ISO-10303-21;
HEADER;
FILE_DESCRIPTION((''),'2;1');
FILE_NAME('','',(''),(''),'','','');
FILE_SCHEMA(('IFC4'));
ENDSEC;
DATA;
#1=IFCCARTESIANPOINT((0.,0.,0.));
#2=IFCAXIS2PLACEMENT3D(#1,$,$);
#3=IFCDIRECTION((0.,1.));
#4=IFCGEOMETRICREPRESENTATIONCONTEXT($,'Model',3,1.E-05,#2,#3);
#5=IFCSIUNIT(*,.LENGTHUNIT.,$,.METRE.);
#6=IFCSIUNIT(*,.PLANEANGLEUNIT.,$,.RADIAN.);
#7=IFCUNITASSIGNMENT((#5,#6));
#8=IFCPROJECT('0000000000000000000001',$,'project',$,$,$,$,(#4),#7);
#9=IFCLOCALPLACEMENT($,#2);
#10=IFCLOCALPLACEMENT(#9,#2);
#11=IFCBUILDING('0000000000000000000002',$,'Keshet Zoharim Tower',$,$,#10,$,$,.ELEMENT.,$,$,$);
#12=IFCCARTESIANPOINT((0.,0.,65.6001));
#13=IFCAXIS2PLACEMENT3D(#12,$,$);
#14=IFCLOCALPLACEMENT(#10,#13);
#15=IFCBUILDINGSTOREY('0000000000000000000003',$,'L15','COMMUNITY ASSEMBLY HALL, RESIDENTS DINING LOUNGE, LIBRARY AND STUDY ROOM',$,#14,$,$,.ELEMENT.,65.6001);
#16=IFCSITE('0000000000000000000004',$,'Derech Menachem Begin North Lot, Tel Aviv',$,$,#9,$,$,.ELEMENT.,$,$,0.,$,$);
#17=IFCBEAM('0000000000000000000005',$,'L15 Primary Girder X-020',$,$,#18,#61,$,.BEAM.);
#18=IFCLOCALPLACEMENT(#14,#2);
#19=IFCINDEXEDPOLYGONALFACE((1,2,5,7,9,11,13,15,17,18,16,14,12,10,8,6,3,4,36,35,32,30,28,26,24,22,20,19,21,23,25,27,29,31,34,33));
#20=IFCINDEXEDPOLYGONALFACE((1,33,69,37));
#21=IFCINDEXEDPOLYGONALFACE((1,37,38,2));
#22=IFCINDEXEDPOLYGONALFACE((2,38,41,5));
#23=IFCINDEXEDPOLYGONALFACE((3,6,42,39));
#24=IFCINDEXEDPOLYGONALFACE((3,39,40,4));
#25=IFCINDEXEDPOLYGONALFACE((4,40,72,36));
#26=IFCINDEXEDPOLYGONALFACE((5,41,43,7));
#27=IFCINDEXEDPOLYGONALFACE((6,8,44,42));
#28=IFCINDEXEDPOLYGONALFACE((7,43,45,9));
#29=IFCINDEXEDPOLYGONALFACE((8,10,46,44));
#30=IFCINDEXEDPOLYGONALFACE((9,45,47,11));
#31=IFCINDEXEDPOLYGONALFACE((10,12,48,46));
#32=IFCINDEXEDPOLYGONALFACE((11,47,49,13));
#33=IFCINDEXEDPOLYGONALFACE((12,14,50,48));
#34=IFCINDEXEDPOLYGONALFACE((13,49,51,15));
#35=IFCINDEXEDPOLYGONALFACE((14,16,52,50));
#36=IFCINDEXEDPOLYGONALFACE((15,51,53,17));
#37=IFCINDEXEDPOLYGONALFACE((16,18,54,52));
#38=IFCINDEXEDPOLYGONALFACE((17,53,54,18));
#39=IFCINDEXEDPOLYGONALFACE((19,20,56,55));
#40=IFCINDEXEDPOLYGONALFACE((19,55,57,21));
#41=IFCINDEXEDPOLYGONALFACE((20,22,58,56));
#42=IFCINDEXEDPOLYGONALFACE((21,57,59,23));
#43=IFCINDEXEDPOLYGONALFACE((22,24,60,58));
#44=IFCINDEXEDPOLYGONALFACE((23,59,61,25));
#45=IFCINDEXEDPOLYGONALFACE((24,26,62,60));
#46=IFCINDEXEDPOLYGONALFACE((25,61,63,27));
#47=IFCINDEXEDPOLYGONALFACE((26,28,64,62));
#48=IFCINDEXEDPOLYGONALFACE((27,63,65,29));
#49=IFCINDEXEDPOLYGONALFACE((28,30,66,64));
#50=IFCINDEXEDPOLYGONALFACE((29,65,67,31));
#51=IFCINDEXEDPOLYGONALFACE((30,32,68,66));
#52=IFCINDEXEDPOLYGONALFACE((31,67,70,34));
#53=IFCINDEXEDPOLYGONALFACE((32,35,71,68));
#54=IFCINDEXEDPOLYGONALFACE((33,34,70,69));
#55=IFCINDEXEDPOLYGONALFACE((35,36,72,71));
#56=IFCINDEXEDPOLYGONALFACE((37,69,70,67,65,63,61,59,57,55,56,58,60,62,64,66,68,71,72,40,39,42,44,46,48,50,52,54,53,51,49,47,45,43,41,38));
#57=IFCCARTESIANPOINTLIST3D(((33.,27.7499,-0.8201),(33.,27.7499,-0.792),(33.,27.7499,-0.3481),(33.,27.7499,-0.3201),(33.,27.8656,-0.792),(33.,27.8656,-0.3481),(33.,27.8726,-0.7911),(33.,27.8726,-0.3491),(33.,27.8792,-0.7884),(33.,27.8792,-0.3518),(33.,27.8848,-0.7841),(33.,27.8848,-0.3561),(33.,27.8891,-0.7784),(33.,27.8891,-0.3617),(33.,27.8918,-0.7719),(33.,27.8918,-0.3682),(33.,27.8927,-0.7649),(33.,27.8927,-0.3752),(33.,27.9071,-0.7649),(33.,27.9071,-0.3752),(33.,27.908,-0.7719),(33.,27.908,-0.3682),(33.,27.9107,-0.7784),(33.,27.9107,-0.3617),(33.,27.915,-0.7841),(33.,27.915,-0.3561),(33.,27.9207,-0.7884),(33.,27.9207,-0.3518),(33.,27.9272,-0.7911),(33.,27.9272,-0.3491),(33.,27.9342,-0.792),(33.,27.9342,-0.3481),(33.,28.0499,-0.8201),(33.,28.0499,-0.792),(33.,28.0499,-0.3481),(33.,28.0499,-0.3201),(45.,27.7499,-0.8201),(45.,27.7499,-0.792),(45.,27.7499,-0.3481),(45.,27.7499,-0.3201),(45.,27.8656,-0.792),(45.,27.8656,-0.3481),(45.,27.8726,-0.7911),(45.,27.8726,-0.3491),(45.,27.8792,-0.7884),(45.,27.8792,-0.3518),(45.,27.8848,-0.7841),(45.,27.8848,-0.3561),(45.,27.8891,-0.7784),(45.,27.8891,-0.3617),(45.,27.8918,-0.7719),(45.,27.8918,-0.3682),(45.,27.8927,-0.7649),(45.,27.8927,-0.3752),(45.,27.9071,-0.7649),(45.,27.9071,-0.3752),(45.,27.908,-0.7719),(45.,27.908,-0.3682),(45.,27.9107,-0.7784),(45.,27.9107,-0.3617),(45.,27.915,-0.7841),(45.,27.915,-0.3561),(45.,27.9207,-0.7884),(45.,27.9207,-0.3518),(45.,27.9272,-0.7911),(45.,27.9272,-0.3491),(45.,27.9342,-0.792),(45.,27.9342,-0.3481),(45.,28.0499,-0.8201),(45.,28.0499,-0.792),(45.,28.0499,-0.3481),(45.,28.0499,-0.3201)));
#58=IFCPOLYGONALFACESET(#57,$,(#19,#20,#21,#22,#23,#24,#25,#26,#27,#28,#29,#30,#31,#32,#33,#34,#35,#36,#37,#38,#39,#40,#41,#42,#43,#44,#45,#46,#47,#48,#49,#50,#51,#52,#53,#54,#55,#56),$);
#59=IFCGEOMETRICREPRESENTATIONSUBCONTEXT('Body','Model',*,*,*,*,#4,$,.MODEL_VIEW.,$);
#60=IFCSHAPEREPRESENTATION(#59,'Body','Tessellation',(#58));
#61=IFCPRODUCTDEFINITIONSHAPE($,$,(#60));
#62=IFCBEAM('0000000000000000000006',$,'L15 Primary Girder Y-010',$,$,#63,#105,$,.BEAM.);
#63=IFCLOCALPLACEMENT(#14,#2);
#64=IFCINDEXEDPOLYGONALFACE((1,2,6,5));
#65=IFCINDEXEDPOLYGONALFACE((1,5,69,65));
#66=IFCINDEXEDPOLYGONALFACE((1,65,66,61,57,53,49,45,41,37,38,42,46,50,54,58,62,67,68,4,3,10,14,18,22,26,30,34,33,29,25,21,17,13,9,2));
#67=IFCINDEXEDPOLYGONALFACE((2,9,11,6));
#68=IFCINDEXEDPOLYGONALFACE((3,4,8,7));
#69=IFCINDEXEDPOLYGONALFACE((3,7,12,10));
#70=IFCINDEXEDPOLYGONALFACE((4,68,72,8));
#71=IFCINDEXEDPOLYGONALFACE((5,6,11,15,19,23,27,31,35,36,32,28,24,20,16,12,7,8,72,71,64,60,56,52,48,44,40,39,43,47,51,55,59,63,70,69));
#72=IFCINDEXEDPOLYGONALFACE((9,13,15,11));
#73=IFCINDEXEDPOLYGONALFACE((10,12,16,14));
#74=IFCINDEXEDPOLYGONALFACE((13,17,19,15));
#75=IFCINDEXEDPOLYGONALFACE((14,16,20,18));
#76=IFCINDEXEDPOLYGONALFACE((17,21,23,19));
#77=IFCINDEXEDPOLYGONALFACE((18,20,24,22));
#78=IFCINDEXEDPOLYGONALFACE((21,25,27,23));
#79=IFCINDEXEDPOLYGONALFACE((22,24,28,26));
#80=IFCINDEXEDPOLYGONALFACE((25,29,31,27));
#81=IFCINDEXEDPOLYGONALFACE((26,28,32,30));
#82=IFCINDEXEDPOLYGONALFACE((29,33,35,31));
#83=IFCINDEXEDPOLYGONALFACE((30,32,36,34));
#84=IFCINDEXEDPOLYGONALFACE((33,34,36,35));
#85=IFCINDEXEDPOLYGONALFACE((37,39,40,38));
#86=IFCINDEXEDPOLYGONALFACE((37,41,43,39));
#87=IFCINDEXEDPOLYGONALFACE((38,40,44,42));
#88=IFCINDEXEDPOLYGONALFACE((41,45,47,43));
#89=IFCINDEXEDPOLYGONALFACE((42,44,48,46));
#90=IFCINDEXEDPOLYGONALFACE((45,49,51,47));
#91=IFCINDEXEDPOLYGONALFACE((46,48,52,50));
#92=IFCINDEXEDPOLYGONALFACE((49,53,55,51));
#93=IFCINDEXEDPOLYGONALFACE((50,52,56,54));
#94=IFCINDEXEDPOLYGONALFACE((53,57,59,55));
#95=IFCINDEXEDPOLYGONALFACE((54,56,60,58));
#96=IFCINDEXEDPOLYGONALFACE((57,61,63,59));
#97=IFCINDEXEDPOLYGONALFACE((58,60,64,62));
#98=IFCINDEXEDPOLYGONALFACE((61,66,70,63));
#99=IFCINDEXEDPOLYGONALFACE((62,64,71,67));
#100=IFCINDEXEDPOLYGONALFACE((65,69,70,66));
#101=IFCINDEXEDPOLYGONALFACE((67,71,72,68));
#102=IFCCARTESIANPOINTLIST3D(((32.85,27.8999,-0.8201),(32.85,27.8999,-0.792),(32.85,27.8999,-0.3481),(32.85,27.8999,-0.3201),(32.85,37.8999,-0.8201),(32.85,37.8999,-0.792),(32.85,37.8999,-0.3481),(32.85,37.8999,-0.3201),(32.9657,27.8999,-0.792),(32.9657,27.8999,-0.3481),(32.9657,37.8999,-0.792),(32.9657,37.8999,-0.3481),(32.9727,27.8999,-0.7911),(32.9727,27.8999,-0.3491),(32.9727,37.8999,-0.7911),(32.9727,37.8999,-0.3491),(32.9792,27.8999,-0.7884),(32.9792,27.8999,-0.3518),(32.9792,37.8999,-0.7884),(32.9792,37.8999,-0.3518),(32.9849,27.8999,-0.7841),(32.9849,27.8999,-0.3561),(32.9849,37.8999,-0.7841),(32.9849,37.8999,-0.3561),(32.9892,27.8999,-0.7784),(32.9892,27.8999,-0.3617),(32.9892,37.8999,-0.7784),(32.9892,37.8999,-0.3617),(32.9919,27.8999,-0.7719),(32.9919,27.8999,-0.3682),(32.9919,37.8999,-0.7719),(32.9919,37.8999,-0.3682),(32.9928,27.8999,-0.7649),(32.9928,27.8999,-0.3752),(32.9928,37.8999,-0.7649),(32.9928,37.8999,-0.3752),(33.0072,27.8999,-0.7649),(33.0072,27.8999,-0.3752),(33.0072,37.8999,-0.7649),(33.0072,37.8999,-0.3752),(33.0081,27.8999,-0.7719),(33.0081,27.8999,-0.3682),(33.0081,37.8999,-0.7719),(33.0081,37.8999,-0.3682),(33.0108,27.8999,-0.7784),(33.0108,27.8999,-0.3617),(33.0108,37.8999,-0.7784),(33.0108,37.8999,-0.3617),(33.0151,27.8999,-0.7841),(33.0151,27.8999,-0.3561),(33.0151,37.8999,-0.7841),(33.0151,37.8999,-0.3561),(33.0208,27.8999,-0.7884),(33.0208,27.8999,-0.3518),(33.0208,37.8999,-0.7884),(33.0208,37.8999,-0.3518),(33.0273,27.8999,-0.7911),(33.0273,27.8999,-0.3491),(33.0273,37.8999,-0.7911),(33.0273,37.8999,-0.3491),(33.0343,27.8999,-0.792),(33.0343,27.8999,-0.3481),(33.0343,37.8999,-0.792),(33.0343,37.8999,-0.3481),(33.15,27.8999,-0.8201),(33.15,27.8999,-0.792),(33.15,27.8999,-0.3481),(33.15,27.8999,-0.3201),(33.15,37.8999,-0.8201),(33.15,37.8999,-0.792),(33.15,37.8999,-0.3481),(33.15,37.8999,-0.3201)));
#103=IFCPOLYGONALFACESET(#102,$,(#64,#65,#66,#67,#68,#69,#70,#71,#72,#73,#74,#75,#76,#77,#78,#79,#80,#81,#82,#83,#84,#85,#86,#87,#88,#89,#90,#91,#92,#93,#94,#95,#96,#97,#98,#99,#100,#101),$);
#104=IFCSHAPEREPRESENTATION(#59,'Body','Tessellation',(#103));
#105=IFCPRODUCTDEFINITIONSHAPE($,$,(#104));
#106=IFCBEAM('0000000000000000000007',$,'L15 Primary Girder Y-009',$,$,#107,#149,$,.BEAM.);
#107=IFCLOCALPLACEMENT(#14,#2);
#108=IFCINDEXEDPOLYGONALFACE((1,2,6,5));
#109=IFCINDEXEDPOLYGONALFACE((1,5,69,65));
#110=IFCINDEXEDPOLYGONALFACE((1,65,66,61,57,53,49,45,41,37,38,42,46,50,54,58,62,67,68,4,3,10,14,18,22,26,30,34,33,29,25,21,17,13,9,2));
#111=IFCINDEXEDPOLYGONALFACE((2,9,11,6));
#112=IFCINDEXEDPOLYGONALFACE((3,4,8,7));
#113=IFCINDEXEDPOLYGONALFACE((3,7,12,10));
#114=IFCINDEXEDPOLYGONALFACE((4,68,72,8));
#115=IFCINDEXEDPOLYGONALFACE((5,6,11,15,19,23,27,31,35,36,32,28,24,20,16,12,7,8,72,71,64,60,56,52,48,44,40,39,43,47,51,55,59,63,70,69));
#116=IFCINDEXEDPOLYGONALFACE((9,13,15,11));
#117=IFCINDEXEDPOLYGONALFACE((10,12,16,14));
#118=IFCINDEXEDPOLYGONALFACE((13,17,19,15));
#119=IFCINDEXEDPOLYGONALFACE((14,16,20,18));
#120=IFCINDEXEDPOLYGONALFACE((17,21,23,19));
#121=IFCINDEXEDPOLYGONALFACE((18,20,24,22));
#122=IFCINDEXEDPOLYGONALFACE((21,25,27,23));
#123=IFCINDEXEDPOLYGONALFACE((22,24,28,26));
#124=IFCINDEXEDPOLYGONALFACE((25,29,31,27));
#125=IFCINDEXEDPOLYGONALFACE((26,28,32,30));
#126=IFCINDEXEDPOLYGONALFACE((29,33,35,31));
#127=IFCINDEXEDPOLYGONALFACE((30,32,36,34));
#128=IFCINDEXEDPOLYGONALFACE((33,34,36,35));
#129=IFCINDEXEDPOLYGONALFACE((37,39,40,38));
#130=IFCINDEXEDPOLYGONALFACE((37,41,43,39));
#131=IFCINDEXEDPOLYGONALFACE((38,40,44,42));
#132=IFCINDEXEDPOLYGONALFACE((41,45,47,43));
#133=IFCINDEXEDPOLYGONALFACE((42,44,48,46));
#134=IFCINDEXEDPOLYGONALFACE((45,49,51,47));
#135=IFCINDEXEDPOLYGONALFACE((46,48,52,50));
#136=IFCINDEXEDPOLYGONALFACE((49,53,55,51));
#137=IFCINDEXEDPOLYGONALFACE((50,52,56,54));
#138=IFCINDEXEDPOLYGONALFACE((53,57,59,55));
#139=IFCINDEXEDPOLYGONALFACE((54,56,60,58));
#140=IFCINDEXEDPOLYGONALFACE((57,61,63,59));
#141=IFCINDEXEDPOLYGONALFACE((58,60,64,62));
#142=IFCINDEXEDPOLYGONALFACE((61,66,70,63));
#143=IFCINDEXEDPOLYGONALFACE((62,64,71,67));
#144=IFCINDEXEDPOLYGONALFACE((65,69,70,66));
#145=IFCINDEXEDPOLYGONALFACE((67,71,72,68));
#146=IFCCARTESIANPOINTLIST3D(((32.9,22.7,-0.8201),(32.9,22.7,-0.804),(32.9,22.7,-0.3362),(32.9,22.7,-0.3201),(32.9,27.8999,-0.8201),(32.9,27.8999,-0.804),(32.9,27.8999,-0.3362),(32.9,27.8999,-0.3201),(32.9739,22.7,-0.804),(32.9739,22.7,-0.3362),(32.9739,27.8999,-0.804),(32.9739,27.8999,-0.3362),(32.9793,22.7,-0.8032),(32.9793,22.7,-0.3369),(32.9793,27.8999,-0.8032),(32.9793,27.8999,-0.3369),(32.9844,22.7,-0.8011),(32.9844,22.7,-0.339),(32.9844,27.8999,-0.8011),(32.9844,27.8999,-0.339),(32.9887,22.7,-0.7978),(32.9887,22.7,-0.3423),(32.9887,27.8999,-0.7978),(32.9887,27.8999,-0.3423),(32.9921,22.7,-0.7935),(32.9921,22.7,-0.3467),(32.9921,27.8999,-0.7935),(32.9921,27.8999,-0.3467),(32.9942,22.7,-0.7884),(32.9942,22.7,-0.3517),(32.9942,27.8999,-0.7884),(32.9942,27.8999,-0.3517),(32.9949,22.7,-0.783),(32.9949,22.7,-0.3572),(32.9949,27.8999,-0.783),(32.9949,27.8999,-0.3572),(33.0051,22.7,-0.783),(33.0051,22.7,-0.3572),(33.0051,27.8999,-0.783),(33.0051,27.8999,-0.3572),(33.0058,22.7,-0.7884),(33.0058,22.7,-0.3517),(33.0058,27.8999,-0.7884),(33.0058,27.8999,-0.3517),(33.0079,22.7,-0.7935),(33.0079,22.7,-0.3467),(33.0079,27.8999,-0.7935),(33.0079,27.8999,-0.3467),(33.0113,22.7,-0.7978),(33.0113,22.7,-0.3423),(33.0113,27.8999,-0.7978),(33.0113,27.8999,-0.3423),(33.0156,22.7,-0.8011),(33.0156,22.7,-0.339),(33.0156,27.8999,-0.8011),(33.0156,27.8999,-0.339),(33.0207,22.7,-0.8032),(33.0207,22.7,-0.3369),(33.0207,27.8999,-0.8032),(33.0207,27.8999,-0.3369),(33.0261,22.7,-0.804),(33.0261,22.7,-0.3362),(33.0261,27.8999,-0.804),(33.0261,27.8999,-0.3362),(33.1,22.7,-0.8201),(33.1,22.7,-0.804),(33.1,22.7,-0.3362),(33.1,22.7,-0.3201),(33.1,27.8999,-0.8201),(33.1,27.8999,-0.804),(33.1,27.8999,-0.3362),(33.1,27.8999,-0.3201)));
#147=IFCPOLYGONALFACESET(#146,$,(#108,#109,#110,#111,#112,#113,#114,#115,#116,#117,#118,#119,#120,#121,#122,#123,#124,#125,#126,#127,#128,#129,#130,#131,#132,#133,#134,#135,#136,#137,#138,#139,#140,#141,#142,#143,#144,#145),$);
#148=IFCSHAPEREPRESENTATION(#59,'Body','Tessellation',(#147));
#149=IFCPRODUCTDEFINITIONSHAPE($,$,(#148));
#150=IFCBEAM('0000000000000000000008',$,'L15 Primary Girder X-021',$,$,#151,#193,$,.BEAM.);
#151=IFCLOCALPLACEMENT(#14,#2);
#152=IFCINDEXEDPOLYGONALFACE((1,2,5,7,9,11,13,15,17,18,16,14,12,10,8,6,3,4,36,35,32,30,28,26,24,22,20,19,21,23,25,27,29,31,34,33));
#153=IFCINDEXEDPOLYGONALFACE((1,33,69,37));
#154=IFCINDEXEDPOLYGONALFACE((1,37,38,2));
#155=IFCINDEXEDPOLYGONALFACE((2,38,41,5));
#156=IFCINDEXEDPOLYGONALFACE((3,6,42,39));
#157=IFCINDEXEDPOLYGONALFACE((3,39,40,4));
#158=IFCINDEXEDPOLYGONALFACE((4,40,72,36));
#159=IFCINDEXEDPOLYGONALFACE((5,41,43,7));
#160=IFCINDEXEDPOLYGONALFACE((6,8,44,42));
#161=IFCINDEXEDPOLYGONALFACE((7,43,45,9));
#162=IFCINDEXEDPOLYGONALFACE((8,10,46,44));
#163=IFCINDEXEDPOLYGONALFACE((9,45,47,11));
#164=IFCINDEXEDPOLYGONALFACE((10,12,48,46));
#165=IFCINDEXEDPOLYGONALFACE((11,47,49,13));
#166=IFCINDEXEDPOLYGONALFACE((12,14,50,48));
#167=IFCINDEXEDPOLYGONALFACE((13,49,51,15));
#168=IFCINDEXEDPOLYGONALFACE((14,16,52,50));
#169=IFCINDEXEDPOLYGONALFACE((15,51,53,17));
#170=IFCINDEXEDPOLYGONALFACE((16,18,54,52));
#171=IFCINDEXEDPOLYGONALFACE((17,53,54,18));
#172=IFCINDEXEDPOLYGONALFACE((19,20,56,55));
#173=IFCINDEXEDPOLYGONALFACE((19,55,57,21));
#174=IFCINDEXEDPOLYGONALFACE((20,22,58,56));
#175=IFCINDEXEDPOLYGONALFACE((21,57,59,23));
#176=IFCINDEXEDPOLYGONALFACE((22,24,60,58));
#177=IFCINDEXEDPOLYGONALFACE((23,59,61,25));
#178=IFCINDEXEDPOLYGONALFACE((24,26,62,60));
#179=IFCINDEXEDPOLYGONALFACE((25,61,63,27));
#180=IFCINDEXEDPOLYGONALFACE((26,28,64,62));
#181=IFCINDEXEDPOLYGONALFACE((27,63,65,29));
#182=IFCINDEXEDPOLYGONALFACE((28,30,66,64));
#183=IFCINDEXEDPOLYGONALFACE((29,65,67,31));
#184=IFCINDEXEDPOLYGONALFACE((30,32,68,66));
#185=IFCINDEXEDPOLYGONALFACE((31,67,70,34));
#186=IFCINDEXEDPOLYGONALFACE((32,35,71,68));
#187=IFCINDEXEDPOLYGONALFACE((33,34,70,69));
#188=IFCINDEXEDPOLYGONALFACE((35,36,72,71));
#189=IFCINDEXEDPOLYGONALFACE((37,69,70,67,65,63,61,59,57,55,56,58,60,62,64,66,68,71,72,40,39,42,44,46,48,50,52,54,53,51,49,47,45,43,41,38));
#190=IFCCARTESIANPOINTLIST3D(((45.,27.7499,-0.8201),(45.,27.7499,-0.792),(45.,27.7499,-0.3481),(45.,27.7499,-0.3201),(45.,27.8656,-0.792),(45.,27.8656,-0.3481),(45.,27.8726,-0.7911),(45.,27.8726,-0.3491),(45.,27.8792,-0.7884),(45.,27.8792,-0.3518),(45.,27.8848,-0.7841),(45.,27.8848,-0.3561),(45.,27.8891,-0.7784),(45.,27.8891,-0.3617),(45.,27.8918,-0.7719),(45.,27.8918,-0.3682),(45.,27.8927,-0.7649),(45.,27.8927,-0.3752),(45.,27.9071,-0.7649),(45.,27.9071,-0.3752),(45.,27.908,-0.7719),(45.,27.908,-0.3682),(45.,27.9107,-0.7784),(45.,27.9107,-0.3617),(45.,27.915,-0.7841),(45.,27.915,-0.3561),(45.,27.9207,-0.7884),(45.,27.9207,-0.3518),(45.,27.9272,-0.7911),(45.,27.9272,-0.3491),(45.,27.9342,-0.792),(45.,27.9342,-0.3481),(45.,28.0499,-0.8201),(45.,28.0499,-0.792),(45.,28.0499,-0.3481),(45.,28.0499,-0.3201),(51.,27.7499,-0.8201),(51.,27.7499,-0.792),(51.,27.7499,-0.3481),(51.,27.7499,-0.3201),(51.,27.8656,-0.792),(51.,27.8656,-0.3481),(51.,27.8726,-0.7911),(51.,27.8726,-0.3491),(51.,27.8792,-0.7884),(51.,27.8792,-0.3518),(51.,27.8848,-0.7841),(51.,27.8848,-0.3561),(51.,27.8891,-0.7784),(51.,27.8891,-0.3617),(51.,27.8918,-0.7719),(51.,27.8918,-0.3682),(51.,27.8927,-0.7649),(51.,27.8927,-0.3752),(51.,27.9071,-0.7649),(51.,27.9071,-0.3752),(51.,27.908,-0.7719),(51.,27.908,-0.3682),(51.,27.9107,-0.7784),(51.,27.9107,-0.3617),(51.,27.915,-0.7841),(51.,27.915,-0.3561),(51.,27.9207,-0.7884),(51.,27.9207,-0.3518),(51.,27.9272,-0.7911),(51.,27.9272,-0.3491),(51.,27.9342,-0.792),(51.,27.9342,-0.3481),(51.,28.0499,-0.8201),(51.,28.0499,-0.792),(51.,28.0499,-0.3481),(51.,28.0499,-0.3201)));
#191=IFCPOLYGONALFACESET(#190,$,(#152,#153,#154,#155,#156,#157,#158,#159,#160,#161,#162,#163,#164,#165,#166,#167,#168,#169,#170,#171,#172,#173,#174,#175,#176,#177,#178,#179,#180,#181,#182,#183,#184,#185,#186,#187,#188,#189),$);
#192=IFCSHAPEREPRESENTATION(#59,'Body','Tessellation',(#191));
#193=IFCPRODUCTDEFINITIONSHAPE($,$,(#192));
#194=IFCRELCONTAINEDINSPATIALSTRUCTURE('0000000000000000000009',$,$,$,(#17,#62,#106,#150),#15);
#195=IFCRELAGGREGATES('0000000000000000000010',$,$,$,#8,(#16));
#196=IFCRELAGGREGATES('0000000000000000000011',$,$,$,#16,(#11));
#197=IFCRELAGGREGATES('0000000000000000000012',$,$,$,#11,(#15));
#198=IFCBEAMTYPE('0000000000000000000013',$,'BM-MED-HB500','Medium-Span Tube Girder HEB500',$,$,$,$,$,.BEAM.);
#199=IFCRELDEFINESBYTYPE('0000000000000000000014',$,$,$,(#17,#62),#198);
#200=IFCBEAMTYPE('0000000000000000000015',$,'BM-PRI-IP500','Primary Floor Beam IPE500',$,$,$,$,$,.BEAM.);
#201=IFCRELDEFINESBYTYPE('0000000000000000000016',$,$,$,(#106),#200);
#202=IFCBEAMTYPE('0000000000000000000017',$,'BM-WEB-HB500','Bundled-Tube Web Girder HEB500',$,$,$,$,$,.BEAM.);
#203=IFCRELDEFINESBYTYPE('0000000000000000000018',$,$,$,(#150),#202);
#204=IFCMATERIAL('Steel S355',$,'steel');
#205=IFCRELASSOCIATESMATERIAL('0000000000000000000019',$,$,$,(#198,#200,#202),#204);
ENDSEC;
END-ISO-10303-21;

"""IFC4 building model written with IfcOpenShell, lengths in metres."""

from ifc_helpers import new_model, si_unit, direction, frame, origin, origin_2d, place, context, subcontext, project, spatial, i_section, extrude, material, material_profile, profile_set, type_object, element, save


model = new_model("IFC4")

# Units and contexts
model_context = context("Model", 3, precision=1e-05, world=origin(), true_north=direction((0.0, 1.0)))
body_context = subcontext(model_context, "Body", "Model", "MODEL_VIEW")
ifc_project = project(units=[si_unit("LENGTHUNIT", "METRE"), si_unit("PLANEANGLEUNIT", "RADIAN")], contexts=[model_context])

# Site, building, storey
site_placement = place(None, origin())
site = spatial("IfcSite", under=ifc_project, at=site_placement, Name="Derech Menachem Begin North Lot, Tel Aviv", CompositionType="ELEMENT", RefElevation=0.0)
building_placement = place(site_placement, origin())
building = spatial("IfcBuilding", under=site, at=building_placement, Name="Keshet Zoharim Tower", CompositionType="ELEMENT")
storey_placement = place(building_placement, frame((0.0, 0.0, 65.6001)))
storey = spatial("IfcBuildingStorey", under=building, at=storey_placement, Name="L15", Description="COMMUNITY ASSEMBLY HALL, RESIDENTS DINING LOUNGE, LIBRARY AND STUDY ROOM", CompositionType="ELEMENT", Elevation=65.6001)

# Beams
ifc_material_1 = material(Name="Steel S355", Category="steel")
ifc_material_profile_1 = material_profile(ifc_material_1, i_section(OverallWidth=0.3, OverallDepth=0.5, WebThickness=0.0144, FlangeThickness=0.0281, FilletRadius=0.0271, at=origin_2d()), Name="HEB500")
ifc_profile_set_1 = profile_set([ifc_material_profile_1], Name="Steel S355")
beam_type_1 = type_object("IfcBeamType", Name="BM-MED-HB500", Description="Medium-Span Tube Girder HEB500", PredefinedType="BEAM", material=ifc_profile_set_1)
beam_1_placement = place(storey_placement, frame((33.0, 27.8999, -0.5701), z_axis=(1.0, 0.0, 0.0), x_axis=(0.0, 1.0, 0.0)))
element("IfcBeam", 1, at=beam_1_placement, inside=storey, type_object=beam_type_1, Name="L15 Primary Girder X-020", PredefinedType="BEAM", context=body_context, shape_type="SweptSolid", body=[
    extrude(i_section(OverallWidth=0.3, OverallDepth=0.5, WebThickness=0.0144, FlangeThickness=0.0281, FilletRadius=0.0271, at=origin_2d()), origin(), (0.0, 0.0, 1.0), 12.0),
])
beam_2_placement = place(storey_placement, frame((33.0, 27.8999, -0.5701), z_axis=(0.0, 1.0, 0.0), x_axis=(-1.0, 0.0, 0.0)))
element("IfcBeam", 2, at=beam_2_placement, inside=storey, type_object=beam_type_1, Name="L15 Primary Girder Y-010", PredefinedType="BEAM", context=body_context, shape_type="SweptSolid", body=[
    extrude(i_section(OverallWidth=0.3, OverallDepth=0.5, WebThickness=0.0144, FlangeThickness=0.0281, FilletRadius=0.0271, at=origin_2d()), origin(), (0.0, 0.0, 1.0), 10.0),
])
ifc_material_profile_2 = material_profile(ifc_material_1, i_section(OverallWidth=0.2, OverallDepth=0.5, WebThickness=0.0103, FlangeThickness=0.0161, FilletRadius=0.021, at=origin_2d()), Name="IPE500")
ifc_profile_set_2 = profile_set([ifc_material_profile_2], Name="Steel S355")
beam_type_2 = type_object("IfcBeamType", Name="BM-PRI-IP500", Description="Primary Floor Beam IPE500", PredefinedType="BEAM", material=ifc_profile_set_2)
beam_3_placement = place(storey_placement, frame((33.0, 22.7, -0.5701), z_axis=(0.0, 1.0, 0.0), x_axis=(-1.0, 0.0, 0.0)))
element("IfcBeam", 3, at=beam_3_placement, inside=storey, type_object=beam_type_2, Name="L15 Primary Girder Y-009", PredefinedType="BEAM", context=body_context, shape_type="SweptSolid", body=[
    extrude(i_section(OverallWidth=0.2, OverallDepth=0.5, WebThickness=0.0103, FlangeThickness=0.0161, FilletRadius=0.021, at=origin_2d()), origin(), (0.0, 0.0, 1.0), 5.2),
])
ifc_material_profile_3 = material_profile(ifc_material_1, i_section(OverallWidth=0.3, OverallDepth=0.5, WebThickness=0.0144, FlangeThickness=0.0281, FilletRadius=0.0271, at=origin_2d()), Name="HEB500")
ifc_profile_set_3 = profile_set([ifc_material_profile_3], Name="Steel S355")
beam_type_3 = type_object("IfcBeamType", Name="BM-WEB-HB500", Description="Bundled-Tube Web Girder HEB500", PredefinedType="BEAM", material=ifc_profile_set_3)
for number, where, z_axis, x_axis, name in (
    (4, (45.0, 27.8999, -0.5701), (1.0, 0.0, 0.0), (0.0, 1.0, 0.0), "L15 Primary Girder X-021"),
):
    element("IfcBeam", number, at=place(storey_placement, frame(where, z_axis=z_axis, x_axis=x_axis)), inside=storey, type_object=beam_type_3, Name=name, PredefinedType="BEAM", context=body_context, shape_type="SweptSolid", body=[
        extrude(i_section(OverallWidth=0.3, OverallDepth=0.5, WebThickness=0.0144, FlangeThickness=0.0281, FilletRadius=0.0271, at=origin_2d()), origin(), (0.0, 0.0, 1.0), 6.0),
    ])

save(model, "model.ifc")
